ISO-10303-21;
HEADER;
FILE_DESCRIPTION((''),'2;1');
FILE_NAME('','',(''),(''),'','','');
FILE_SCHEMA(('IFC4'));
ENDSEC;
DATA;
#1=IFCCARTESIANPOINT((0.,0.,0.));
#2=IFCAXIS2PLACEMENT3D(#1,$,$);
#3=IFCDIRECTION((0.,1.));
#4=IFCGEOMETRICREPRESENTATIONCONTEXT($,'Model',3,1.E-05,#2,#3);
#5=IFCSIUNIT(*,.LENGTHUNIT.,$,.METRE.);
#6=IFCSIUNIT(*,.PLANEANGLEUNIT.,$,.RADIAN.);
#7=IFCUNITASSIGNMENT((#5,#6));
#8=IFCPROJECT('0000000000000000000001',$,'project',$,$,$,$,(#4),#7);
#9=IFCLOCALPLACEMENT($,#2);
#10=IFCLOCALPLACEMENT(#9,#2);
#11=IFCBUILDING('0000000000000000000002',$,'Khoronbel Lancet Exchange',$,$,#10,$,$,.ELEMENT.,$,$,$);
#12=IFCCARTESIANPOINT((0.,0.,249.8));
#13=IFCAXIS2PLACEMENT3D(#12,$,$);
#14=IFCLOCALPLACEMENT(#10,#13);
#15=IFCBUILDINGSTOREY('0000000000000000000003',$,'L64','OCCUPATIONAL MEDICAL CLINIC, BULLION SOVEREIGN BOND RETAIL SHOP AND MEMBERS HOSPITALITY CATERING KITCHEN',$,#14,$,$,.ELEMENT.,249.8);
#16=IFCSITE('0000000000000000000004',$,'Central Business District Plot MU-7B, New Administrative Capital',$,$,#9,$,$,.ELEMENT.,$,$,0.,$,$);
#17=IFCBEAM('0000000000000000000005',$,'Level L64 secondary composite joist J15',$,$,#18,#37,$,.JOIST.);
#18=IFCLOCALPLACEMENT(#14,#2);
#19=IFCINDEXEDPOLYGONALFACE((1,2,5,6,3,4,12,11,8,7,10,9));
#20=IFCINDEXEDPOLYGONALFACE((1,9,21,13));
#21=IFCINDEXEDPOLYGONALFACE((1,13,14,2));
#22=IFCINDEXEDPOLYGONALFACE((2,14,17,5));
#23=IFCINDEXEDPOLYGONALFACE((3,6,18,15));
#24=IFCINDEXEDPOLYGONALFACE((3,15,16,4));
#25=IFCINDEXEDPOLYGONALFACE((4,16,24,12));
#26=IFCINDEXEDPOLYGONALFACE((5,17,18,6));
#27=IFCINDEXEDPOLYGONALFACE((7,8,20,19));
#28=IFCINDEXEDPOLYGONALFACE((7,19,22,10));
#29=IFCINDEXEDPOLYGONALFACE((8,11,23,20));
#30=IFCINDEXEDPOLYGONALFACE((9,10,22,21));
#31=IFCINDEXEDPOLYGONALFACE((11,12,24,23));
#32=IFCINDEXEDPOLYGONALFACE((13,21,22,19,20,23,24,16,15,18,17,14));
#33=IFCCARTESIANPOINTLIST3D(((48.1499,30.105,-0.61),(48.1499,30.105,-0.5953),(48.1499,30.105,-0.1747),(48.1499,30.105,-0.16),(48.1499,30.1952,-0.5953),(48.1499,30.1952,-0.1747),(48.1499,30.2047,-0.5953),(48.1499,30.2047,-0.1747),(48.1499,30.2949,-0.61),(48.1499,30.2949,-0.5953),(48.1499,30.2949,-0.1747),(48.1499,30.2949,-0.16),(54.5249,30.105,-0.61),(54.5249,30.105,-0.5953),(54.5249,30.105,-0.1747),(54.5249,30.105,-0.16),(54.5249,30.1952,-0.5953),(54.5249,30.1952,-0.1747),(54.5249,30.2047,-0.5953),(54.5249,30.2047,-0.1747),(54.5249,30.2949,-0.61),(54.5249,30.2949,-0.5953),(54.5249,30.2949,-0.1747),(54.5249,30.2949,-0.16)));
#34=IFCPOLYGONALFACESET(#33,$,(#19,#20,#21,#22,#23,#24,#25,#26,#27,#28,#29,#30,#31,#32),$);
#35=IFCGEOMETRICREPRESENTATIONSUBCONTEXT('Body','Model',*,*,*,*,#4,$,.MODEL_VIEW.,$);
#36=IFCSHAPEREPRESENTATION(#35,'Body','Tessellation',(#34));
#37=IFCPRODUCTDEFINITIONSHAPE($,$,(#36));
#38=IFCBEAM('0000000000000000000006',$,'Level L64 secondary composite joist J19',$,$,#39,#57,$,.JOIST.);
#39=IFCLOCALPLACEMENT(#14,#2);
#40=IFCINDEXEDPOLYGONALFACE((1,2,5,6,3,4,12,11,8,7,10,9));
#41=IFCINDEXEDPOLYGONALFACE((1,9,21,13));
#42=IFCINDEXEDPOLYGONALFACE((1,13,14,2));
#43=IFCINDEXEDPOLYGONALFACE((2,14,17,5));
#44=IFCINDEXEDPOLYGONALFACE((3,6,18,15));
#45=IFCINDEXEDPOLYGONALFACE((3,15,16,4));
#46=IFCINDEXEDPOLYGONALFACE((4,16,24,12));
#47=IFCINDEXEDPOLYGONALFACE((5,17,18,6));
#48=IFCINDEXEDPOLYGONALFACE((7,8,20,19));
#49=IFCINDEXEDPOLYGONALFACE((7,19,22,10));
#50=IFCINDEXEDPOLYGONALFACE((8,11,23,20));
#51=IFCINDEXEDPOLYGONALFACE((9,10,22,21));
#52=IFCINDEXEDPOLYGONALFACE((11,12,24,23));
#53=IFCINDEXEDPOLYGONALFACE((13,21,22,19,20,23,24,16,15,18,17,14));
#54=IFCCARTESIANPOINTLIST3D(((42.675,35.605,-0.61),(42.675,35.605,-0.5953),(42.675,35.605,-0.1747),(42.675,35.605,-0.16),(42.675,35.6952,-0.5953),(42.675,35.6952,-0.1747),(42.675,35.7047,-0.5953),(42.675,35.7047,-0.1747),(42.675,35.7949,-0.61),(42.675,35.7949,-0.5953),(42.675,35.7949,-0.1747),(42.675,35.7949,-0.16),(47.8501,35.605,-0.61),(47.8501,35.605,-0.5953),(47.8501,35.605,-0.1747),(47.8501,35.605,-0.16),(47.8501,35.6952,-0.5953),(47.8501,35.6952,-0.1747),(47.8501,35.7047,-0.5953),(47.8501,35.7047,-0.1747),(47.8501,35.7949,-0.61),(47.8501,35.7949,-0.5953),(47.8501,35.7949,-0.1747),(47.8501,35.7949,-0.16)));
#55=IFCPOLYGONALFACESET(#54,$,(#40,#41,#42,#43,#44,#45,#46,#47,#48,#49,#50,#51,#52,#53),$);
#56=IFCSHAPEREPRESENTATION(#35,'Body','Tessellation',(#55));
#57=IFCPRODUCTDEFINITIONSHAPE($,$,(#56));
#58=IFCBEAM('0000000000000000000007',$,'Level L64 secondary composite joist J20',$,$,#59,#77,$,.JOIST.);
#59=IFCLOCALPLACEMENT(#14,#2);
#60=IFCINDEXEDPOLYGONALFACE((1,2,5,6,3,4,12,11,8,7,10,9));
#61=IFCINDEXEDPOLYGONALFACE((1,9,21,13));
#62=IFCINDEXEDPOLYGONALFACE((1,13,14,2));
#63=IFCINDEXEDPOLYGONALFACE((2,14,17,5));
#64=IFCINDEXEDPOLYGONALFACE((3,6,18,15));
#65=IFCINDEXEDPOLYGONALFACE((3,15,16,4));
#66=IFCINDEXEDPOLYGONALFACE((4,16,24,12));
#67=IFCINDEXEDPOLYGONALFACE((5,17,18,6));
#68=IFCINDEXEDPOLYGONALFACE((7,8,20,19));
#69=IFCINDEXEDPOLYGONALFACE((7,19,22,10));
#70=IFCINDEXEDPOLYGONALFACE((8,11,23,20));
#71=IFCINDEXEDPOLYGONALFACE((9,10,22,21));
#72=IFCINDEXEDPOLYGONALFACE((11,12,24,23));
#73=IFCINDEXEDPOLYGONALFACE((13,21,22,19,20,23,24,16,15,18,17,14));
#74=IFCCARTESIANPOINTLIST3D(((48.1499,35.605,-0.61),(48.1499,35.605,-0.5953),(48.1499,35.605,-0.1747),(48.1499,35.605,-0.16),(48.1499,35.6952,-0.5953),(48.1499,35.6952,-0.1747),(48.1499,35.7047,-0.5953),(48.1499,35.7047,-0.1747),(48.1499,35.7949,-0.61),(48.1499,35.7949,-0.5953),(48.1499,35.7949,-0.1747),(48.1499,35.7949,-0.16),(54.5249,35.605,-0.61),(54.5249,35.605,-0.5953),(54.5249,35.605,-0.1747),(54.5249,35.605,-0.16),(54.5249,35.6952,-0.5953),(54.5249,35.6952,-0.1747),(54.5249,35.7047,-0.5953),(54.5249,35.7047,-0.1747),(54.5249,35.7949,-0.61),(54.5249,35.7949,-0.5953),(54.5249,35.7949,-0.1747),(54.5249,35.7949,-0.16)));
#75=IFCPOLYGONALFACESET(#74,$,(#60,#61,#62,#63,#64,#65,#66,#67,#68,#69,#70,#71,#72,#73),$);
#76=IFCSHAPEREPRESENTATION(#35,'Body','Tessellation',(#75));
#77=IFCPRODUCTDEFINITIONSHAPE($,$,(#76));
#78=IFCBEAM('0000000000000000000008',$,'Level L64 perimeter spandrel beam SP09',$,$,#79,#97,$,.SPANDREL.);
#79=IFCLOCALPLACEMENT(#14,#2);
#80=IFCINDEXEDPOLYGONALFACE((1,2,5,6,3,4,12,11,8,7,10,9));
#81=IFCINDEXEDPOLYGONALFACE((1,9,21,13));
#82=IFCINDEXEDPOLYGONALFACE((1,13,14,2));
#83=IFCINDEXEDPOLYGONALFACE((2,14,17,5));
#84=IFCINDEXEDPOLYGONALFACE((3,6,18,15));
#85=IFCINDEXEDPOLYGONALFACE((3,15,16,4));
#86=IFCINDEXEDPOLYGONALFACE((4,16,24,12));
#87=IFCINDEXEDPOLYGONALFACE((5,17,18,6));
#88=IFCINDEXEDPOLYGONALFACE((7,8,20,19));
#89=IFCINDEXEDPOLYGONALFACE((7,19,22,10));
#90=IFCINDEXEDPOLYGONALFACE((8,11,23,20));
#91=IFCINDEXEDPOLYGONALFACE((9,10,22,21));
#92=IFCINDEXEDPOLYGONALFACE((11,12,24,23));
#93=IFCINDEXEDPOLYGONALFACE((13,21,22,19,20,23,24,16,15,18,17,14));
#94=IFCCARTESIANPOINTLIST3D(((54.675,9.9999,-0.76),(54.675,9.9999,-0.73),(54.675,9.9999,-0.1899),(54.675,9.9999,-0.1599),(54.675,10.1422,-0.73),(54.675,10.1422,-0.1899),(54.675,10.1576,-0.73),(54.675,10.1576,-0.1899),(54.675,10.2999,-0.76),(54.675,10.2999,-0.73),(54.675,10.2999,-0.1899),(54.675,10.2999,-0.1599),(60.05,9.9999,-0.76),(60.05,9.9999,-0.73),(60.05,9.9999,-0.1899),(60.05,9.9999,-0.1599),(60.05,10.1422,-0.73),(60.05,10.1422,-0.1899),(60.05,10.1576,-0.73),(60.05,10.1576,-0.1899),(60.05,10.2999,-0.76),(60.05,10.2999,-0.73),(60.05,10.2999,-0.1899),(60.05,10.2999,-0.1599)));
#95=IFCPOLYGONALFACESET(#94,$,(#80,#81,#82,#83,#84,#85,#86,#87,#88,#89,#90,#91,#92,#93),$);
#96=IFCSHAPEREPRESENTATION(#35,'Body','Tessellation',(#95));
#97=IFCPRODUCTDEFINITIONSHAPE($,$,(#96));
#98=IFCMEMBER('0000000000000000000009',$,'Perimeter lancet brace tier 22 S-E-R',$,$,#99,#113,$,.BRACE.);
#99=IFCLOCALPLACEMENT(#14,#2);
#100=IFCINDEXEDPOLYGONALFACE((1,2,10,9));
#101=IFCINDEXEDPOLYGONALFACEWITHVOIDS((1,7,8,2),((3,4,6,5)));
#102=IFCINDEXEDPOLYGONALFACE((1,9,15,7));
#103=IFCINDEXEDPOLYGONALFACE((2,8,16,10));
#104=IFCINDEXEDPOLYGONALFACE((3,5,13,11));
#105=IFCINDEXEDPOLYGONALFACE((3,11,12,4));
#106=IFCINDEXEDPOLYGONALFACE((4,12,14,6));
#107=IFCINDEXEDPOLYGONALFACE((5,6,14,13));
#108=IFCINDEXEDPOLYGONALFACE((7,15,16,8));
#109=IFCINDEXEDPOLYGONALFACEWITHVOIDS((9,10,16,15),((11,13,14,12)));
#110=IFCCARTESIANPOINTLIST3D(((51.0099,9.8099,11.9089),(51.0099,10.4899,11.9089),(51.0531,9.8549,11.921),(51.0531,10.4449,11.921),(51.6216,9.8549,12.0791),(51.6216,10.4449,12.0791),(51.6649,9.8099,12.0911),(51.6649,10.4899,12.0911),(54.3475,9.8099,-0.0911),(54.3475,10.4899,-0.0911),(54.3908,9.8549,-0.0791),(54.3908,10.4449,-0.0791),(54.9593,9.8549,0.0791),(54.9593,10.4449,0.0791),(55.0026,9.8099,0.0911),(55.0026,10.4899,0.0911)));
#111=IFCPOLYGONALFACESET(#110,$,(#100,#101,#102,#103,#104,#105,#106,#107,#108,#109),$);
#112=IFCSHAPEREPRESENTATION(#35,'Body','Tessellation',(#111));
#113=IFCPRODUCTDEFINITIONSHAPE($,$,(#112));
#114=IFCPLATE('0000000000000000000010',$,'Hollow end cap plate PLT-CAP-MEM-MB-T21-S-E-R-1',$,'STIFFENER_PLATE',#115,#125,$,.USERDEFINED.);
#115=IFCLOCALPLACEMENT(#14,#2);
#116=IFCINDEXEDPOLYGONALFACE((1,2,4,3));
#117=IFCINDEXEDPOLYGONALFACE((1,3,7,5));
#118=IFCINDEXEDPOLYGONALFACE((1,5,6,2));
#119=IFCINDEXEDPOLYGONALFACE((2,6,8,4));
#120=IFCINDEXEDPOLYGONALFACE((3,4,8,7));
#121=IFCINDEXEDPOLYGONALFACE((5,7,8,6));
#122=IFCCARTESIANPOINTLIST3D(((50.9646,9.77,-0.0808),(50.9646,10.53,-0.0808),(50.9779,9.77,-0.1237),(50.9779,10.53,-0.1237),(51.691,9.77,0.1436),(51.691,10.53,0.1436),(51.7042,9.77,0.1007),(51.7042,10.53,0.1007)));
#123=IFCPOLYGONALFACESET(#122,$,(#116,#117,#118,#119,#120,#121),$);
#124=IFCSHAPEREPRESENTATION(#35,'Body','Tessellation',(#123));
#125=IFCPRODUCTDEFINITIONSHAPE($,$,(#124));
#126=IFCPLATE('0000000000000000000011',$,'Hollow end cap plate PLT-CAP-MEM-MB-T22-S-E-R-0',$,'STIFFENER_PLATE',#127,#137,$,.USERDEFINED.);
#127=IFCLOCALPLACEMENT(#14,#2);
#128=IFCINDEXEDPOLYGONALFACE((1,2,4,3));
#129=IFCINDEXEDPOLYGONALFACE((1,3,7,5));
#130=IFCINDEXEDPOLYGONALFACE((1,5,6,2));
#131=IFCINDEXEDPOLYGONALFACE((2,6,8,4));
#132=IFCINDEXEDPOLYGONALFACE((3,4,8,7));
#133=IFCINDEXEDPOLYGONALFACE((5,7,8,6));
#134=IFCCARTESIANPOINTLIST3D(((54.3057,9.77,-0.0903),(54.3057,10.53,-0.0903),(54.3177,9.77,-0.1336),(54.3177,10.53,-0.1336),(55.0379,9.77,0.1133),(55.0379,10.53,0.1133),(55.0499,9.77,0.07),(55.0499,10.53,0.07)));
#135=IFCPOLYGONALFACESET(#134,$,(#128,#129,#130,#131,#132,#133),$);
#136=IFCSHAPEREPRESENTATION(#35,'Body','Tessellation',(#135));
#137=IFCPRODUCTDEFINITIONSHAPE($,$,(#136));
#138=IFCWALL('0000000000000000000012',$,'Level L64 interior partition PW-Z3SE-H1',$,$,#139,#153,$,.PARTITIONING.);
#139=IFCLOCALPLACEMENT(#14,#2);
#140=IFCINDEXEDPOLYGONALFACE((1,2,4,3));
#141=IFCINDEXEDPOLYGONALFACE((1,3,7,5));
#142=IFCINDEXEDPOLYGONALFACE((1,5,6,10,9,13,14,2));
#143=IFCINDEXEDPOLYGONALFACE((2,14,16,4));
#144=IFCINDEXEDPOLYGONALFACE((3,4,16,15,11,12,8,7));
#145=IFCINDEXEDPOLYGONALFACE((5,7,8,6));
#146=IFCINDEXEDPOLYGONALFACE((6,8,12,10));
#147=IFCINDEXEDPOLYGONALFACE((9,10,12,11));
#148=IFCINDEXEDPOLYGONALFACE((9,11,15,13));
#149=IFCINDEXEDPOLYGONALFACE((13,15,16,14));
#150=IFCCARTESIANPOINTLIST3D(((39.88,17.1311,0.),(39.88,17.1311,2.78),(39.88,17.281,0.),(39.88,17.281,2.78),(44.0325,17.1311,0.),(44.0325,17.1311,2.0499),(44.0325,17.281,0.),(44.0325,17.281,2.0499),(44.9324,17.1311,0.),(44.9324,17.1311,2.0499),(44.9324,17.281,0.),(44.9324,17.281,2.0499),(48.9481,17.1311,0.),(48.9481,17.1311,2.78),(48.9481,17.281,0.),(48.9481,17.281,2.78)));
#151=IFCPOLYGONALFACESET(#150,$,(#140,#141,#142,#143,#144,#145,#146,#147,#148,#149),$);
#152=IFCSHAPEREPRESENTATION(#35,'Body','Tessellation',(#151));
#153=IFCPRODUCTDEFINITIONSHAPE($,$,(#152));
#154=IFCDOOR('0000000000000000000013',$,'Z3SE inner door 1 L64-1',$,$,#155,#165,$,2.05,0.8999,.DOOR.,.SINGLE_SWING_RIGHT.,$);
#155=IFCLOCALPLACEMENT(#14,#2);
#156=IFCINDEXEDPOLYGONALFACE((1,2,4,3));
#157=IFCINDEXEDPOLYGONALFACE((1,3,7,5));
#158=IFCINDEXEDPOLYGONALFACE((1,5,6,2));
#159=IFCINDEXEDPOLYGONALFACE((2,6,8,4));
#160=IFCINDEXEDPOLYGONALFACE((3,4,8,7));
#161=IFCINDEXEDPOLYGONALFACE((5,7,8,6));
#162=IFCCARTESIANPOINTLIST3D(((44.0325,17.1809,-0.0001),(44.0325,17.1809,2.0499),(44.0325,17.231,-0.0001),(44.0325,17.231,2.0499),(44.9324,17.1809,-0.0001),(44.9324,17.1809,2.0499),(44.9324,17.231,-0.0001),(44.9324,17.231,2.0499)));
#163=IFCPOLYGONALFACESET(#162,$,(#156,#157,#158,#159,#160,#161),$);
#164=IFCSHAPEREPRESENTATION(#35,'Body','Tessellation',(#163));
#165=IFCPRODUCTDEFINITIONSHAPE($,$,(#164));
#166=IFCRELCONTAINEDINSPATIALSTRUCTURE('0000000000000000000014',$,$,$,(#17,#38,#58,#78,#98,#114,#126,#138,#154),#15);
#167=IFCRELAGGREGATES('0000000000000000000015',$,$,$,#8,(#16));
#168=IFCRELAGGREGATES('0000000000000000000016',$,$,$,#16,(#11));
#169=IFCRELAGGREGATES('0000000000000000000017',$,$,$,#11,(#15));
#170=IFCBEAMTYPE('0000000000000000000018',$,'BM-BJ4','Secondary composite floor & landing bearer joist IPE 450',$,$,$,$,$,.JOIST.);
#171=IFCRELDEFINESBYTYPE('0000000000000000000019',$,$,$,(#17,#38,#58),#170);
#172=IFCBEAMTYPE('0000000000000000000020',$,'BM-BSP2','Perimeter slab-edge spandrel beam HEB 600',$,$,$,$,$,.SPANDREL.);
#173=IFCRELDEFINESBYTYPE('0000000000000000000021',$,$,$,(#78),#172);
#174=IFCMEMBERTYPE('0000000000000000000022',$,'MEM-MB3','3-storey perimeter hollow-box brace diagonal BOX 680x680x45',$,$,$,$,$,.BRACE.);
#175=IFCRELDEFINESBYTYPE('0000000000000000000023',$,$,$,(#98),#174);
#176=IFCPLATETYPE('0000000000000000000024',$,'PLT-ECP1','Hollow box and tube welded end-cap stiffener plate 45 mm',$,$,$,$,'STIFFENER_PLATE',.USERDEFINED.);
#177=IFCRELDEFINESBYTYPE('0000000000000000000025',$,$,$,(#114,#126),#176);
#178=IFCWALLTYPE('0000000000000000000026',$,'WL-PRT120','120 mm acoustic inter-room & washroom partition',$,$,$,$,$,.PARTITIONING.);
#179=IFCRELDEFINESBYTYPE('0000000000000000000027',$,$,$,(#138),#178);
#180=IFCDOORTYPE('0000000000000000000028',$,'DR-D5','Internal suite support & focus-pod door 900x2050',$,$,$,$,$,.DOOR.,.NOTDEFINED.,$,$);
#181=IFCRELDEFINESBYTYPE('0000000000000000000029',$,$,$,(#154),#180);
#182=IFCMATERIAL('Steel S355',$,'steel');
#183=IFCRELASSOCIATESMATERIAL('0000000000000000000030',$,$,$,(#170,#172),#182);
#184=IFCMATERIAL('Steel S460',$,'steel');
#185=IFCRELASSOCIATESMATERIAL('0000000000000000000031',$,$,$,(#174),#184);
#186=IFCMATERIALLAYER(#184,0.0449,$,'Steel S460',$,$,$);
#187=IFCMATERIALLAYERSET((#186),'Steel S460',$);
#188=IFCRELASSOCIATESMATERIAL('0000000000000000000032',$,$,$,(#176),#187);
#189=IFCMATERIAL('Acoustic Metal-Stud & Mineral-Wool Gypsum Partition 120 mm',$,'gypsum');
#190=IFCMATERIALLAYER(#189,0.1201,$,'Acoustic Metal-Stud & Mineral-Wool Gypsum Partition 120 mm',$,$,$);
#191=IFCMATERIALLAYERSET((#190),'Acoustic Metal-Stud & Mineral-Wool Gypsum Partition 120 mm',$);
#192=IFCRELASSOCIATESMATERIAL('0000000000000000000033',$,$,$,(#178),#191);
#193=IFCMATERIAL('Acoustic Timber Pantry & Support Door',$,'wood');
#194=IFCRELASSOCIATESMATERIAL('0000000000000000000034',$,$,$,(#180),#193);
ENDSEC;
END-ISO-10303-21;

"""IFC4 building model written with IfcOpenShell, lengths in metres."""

from ifc_helpers import new_model, si_unit, direction, frame, frame_2d, origin, origin_2d, place, context, subcontext, project, spatial, polyline, rectangle, hollow_rectangle, i_section, outline, extrude, material, layer, layer_set, material_profile, profile_set, type_object, element, fill, save


model = new_model("IFC4")

# Units and contexts
model_context = context("Model", 3, precision=1e-05, world=origin(), true_north=direction((0.0, 1.0)))
body_context = subcontext(model_context, "Body", "Model", "MODEL_VIEW")
ifc_project = project(units=[si_unit("LENGTHUNIT", "METRE"), si_unit("PLANEANGLEUNIT", "RADIAN")], contexts=[model_context])

# Site, building, storey
site_placement = place(None, origin())
site = spatial("IfcSite", under=ifc_project, at=site_placement, Name="Central Business District Plot MU-7B, New Administrative Capital", CompositionType="ELEMENT", RefElevation=0.0)
building_placement = place(site_placement, origin())
building = spatial("IfcBuilding", under=site, at=building_placement, Name="Khoronbel Lancet Exchange", CompositionType="ELEMENT")
storey_placement = place(building_placement, frame((0.0, 0.0, 249.8)))
storey = spatial("IfcBuildingStorey", under=building, at=storey_placement, Name="L64", Description="OCCUPATIONAL MEDICAL CLINIC, BULLION SOVEREIGN BOND RETAIL SHOP AND MEMBERS HOSPITALITY CATERING KITCHEN", CompositionType="ELEMENT", Elevation=249.8)

# Shared definitions
ifc_material_1 = material(Name="Steel S355", Category="steel")

# Beams
ifc_material_profile_1 = material_profile(ifc_material_1, i_section(OverallWidth=0.1899, OverallDepth=0.45, WebThickness=0.0095, FlangeThickness=0.0146, at=origin_2d()), Name="IPE 450")
ifc_profile_set_1 = profile_set([ifc_material_profile_1], Name="Steel S355")
beam_type_1 = type_object("IfcBeamType", Name="BM-BJ4", Description="Secondary composite floor & landing bearer joist IPE 450", PredefinedType="JOIST", material=ifc_profile_set_1)
beam_1_placement = place(storey_placement, frame((48.1499, 30.2, -0.385), z_axis=(1.0, 0.0, 0.0), x_axis=(0.0, 1.0, 0.0)))
element("IfcBeam", 1, at=beam_1_placement, inside=storey, type_object=beam_type_1, Name="Level L64 secondary composite joist J15", PredefinedType="JOIST", context=body_context, shape_type="SweptSolid", body=[
    extrude(i_section(OverallWidth=0.1899, OverallDepth=0.45, WebThickness=0.0095, FlangeThickness=0.0146, at=origin_2d()), origin(), (0.0, 0.0, 1.0), 6.375),
])
beam_2_placement = place(storey_placement, frame((42.675, 35.7, -0.385), z_axis=(1.0, 0.0, 0.0), x_axis=(0.0, 1.0, 0.0)))
element("IfcBeam", 2, at=beam_2_placement, inside=storey, type_object=beam_type_1, Name="Level L64 secondary composite joist J19", PredefinedType="JOIST", context=body_context, shape_type="SweptSolid", body=[
    extrude(i_section(OverallWidth=0.1899, OverallDepth=0.45, WebThickness=0.0095, FlangeThickness=0.0146, at=origin_2d()), origin(), (0.0, 0.0, 1.0), 5.175),
])
beam_3_placement = place(storey_placement, frame((48.1499, 35.7, -0.385), z_axis=(1.0, 0.0, 0.0), x_axis=(0.0, 1.0, 0.0)))
element("IfcBeam", 3, at=beam_3_placement, inside=storey, type_object=beam_type_1, Name="Level L64 secondary composite joist J20", PredefinedType="JOIST", context=body_context, shape_type="SweptSolid", body=[
    extrude(i_section(OverallWidth=0.1899, OverallDepth=0.45, WebThickness=0.0095, FlangeThickness=0.0146, at=origin_2d()), origin(), (0.0, 0.0, 1.0), 6.375),
])
ifc_material_profile_2 = material_profile(ifc_material_1, i_section(OverallWidth=0.3, OverallDepth=0.6001, WebThickness=0.0154, FlangeThickness=0.03, at=origin_2d()), Name="HEB 600")
ifc_profile_set_2 = profile_set([ifc_material_profile_2], Name="Steel S355")
beam_type_2 = type_object("IfcBeamType", Name="BM-BSP2", Description="Perimeter slab-edge spandrel beam HEB 600", PredefinedType="SPANDREL", material=ifc_profile_set_2)
beam_4_placement = place(storey_placement, frame((54.675, 10.1499, -0.46), z_axis=(1.0, 0.0, 0.0), x_axis=(0.0, 1.0, 0.0)))
element("IfcBeam", 4, at=beam_4_placement, inside=storey, type_object=beam_type_2, Name="Level L64 perimeter spandrel beam SP09", PredefinedType="SPANDREL", context=body_context, shape_type="SweptSolid", body=[
    extrude(i_section(OverallWidth=0.3, OverallDepth=0.6001, WebThickness=0.0154, FlangeThickness=0.03, at=origin_2d()), origin(), (0.0, 0.0, 1.0), 5.375),
])

# Member
ifc_material_2 = material(Name="Steel S460", Category="steel")
ifc_material_profile_3 = material_profile(ifc_material_2, hollow_rectangle(XDim=0.6799, YDim=0.6799, WallThickness=0.0449, at=origin_2d()), Name="BOX 680x680x45")
ifc_profile_set_3 = profile_set([ifc_material_profile_3], Name="Steel S460")
member_type = type_object("IfcMemberType", Name="MEM-MB3", Description="3-storey perimeter hollow-box brace diagonal BOX 680x680x45", PredefinedType="BRACE", material=ifc_profile_set_3)
member_placement = place(storey_placement, frame((54.675, 10.1499, 0.0), z_axis=(-0.267965, 0.0, 0.963429), x_axis=(0.0, -1.0, 0.0)))
element("IfcMember", 5, at=member_placement, inside=storey, type_object=member_type, Name="Perimeter lancet brace tier 22 S-E-R", PredefinedType="BRACE", context=body_context, shape_type="SweptSolid", body=[
    extrude(hollow_rectangle(XDim=0.6799, YDim=0.6799, WallThickness=0.0449, at=origin_2d()), origin(), (0.0, 0.0, 1.0), 12.4556),
])

# Plates
ifc_layer_1 = layer(ifc_material_2, 0.0449, Name="Steel S460")
ifc_layer_set_1 = layer_set([ifc_layer_1], Name="Steel S460")
plate_type = type_object("IfcPlateType", Name="PLT-ECP1", Description="Hollow box and tube welded end-cap stiffener plate 45 mm", ElementType="STIFFENER_PLATE", PredefinedType="USERDEFINED", material=ifc_layer_set_1)
plate_1_placement = place(storey_placement, frame((50.9646, 10.53, -0.0808), z_axis=(-0.295146, 0.0, 0.955452), x_axis=(0.0, -1.0, 0.0)))
element("IfcPlate", 6, at=plate_1_placement, inside=storey, type_object=plate_type, Name="Hollow end cap plate PLT-CAP-MEM-MB-T21-S-E-R-1", ObjectType="STIFFENER_PLATE", PredefinedType="USERDEFINED", context=body_context, shape_type="SweptSolid", body=[
    extrude(outline(polyline([(0.0, 0.0), (0.76, 0.0), (0.76, 0.7603), (0.0, 0.7603), (0.0, 0.0)])), origin(), (0.0, 0.0, -1.0), 0.0449),
])
plate_2_placement = place(storey_placement, frame((54.3057, 10.53, -0.0903), z_axis=(-0.267926, 0.0, 0.96344), x_axis=(0.0, -1.0, 0.0)))
element("IfcPlate", 7, at=plate_2_placement, inside=storey, type_object=plate_type, Name="Hollow end cap plate PLT-CAP-MEM-MB-T22-S-E-R-0", ObjectType="STIFFENER_PLATE", PredefinedType="USERDEFINED", context=body_context, shape_type="SweptSolid", body=[
    extrude(outline(polyline([(0.0, 0.0), (0.76, 0.0), (0.76, 0.76), (0.0, 0.76), (0.0, 0.0)])), origin(), (0.0, 0.0, -1.0), 0.0449),
])

# Wall, opening, door
ifc_material_3 = material(Name="Acoustic Metal-Stud & Mineral-Wool Gypsum Partition 120 mm", Category="gypsum")
ifc_layer_2 = layer(ifc_material_3, 0.1201, Name="Acoustic Metal-Stud & Mineral-Wool Gypsum Partition 120 mm")
ifc_layer_set_2 = layer_set([ifc_layer_2], Name="Acoustic Metal-Stud & Mineral-Wool Gypsum Partition 120 mm")
wall_type_1 = type_object("IfcWallType", Name="WL-PRT120", Description="120 mm acoustic inter-room & washroom partition", PredefinedType="PARTITIONING", material=ifc_layer_set_2)
wall_1_placement = place(storey_placement, frame((39.8799, 17.2061, 0.0), z_axis=(0.0, 0.0, 1.0), x_axis=(1.0, 0.0, 0.0)))
wall_1 = element("IfcWall", 8, at=wall_1_placement, inside=storey, type_object=wall_type_1, Name="Level L64 interior partition PW-Z3SE-H1", PredefinedType="PARTITIONING", context=body_context, shape_type="SweptSolid", body=[
    extrude(rectangle(XDim=9.0681, YDim=0.1499, at=frame_2d((4.5342, 0.0))), origin(), (0.0, 0.0, 1.0), 2.78),
])
opening_1_placement = place(wall_1_placement, frame((4.1526, 0.0, 0.0)))
opening_1 = element("IfcOpeningElement", 9, at=opening_1_placement, cuts=wall_1, PredefinedType="OPENING", context=body_context, shape_type="SweptSolid", body=[
    extrude(rectangle(XDim=0.8999, YDim=2.05, at=frame_2d((0.45, 1.0249))), frame((0.0, 0.085, 0.0), z_axis=(0.0, -1.0, 0.0), x_axis=(1.0, 0.0, 0.0)), (0.0, 0.0, 1.0), 0.1699),
])
ifc_material_4 = material(Name="Acoustic Timber Pantry & Support Door", Category="wood")
door_type_1 = type_object("IfcDoorType", Name="DR-D5", Description="Internal suite support & focus-pod door 900x2050", OperationType="NOTDEFINED", PredefinedType="DOOR", material=ifc_material_4)
door_1_placement = place(opening_1_placement, origin())
door_1 = element("IfcDoor", 10, at=door_1_placement, inside=storey, type_object=door_type_1, Name="Z3SE inner door 1 L64-1", OperationType="SINGLE_SWING_RIGHT", OverallHeight=2.05, OverallWidth=0.8999, PredefinedType="DOOR", context=body_context, shape_type="SweptSolid", body=[
    extrude(rectangle(XDim=0.8999, YDim=2.05, at=frame_2d((0.45, 1.0249))), frame((0.0, 0.0249, 0.0), z_axis=(0.0, -1.0, 0.0), x_axis=(1.0, 0.0, 0.0)), (0.0, 0.0, 1.0), 0.05),
])
fill(opening_1, door_1)

save(model, "model.ifc")
